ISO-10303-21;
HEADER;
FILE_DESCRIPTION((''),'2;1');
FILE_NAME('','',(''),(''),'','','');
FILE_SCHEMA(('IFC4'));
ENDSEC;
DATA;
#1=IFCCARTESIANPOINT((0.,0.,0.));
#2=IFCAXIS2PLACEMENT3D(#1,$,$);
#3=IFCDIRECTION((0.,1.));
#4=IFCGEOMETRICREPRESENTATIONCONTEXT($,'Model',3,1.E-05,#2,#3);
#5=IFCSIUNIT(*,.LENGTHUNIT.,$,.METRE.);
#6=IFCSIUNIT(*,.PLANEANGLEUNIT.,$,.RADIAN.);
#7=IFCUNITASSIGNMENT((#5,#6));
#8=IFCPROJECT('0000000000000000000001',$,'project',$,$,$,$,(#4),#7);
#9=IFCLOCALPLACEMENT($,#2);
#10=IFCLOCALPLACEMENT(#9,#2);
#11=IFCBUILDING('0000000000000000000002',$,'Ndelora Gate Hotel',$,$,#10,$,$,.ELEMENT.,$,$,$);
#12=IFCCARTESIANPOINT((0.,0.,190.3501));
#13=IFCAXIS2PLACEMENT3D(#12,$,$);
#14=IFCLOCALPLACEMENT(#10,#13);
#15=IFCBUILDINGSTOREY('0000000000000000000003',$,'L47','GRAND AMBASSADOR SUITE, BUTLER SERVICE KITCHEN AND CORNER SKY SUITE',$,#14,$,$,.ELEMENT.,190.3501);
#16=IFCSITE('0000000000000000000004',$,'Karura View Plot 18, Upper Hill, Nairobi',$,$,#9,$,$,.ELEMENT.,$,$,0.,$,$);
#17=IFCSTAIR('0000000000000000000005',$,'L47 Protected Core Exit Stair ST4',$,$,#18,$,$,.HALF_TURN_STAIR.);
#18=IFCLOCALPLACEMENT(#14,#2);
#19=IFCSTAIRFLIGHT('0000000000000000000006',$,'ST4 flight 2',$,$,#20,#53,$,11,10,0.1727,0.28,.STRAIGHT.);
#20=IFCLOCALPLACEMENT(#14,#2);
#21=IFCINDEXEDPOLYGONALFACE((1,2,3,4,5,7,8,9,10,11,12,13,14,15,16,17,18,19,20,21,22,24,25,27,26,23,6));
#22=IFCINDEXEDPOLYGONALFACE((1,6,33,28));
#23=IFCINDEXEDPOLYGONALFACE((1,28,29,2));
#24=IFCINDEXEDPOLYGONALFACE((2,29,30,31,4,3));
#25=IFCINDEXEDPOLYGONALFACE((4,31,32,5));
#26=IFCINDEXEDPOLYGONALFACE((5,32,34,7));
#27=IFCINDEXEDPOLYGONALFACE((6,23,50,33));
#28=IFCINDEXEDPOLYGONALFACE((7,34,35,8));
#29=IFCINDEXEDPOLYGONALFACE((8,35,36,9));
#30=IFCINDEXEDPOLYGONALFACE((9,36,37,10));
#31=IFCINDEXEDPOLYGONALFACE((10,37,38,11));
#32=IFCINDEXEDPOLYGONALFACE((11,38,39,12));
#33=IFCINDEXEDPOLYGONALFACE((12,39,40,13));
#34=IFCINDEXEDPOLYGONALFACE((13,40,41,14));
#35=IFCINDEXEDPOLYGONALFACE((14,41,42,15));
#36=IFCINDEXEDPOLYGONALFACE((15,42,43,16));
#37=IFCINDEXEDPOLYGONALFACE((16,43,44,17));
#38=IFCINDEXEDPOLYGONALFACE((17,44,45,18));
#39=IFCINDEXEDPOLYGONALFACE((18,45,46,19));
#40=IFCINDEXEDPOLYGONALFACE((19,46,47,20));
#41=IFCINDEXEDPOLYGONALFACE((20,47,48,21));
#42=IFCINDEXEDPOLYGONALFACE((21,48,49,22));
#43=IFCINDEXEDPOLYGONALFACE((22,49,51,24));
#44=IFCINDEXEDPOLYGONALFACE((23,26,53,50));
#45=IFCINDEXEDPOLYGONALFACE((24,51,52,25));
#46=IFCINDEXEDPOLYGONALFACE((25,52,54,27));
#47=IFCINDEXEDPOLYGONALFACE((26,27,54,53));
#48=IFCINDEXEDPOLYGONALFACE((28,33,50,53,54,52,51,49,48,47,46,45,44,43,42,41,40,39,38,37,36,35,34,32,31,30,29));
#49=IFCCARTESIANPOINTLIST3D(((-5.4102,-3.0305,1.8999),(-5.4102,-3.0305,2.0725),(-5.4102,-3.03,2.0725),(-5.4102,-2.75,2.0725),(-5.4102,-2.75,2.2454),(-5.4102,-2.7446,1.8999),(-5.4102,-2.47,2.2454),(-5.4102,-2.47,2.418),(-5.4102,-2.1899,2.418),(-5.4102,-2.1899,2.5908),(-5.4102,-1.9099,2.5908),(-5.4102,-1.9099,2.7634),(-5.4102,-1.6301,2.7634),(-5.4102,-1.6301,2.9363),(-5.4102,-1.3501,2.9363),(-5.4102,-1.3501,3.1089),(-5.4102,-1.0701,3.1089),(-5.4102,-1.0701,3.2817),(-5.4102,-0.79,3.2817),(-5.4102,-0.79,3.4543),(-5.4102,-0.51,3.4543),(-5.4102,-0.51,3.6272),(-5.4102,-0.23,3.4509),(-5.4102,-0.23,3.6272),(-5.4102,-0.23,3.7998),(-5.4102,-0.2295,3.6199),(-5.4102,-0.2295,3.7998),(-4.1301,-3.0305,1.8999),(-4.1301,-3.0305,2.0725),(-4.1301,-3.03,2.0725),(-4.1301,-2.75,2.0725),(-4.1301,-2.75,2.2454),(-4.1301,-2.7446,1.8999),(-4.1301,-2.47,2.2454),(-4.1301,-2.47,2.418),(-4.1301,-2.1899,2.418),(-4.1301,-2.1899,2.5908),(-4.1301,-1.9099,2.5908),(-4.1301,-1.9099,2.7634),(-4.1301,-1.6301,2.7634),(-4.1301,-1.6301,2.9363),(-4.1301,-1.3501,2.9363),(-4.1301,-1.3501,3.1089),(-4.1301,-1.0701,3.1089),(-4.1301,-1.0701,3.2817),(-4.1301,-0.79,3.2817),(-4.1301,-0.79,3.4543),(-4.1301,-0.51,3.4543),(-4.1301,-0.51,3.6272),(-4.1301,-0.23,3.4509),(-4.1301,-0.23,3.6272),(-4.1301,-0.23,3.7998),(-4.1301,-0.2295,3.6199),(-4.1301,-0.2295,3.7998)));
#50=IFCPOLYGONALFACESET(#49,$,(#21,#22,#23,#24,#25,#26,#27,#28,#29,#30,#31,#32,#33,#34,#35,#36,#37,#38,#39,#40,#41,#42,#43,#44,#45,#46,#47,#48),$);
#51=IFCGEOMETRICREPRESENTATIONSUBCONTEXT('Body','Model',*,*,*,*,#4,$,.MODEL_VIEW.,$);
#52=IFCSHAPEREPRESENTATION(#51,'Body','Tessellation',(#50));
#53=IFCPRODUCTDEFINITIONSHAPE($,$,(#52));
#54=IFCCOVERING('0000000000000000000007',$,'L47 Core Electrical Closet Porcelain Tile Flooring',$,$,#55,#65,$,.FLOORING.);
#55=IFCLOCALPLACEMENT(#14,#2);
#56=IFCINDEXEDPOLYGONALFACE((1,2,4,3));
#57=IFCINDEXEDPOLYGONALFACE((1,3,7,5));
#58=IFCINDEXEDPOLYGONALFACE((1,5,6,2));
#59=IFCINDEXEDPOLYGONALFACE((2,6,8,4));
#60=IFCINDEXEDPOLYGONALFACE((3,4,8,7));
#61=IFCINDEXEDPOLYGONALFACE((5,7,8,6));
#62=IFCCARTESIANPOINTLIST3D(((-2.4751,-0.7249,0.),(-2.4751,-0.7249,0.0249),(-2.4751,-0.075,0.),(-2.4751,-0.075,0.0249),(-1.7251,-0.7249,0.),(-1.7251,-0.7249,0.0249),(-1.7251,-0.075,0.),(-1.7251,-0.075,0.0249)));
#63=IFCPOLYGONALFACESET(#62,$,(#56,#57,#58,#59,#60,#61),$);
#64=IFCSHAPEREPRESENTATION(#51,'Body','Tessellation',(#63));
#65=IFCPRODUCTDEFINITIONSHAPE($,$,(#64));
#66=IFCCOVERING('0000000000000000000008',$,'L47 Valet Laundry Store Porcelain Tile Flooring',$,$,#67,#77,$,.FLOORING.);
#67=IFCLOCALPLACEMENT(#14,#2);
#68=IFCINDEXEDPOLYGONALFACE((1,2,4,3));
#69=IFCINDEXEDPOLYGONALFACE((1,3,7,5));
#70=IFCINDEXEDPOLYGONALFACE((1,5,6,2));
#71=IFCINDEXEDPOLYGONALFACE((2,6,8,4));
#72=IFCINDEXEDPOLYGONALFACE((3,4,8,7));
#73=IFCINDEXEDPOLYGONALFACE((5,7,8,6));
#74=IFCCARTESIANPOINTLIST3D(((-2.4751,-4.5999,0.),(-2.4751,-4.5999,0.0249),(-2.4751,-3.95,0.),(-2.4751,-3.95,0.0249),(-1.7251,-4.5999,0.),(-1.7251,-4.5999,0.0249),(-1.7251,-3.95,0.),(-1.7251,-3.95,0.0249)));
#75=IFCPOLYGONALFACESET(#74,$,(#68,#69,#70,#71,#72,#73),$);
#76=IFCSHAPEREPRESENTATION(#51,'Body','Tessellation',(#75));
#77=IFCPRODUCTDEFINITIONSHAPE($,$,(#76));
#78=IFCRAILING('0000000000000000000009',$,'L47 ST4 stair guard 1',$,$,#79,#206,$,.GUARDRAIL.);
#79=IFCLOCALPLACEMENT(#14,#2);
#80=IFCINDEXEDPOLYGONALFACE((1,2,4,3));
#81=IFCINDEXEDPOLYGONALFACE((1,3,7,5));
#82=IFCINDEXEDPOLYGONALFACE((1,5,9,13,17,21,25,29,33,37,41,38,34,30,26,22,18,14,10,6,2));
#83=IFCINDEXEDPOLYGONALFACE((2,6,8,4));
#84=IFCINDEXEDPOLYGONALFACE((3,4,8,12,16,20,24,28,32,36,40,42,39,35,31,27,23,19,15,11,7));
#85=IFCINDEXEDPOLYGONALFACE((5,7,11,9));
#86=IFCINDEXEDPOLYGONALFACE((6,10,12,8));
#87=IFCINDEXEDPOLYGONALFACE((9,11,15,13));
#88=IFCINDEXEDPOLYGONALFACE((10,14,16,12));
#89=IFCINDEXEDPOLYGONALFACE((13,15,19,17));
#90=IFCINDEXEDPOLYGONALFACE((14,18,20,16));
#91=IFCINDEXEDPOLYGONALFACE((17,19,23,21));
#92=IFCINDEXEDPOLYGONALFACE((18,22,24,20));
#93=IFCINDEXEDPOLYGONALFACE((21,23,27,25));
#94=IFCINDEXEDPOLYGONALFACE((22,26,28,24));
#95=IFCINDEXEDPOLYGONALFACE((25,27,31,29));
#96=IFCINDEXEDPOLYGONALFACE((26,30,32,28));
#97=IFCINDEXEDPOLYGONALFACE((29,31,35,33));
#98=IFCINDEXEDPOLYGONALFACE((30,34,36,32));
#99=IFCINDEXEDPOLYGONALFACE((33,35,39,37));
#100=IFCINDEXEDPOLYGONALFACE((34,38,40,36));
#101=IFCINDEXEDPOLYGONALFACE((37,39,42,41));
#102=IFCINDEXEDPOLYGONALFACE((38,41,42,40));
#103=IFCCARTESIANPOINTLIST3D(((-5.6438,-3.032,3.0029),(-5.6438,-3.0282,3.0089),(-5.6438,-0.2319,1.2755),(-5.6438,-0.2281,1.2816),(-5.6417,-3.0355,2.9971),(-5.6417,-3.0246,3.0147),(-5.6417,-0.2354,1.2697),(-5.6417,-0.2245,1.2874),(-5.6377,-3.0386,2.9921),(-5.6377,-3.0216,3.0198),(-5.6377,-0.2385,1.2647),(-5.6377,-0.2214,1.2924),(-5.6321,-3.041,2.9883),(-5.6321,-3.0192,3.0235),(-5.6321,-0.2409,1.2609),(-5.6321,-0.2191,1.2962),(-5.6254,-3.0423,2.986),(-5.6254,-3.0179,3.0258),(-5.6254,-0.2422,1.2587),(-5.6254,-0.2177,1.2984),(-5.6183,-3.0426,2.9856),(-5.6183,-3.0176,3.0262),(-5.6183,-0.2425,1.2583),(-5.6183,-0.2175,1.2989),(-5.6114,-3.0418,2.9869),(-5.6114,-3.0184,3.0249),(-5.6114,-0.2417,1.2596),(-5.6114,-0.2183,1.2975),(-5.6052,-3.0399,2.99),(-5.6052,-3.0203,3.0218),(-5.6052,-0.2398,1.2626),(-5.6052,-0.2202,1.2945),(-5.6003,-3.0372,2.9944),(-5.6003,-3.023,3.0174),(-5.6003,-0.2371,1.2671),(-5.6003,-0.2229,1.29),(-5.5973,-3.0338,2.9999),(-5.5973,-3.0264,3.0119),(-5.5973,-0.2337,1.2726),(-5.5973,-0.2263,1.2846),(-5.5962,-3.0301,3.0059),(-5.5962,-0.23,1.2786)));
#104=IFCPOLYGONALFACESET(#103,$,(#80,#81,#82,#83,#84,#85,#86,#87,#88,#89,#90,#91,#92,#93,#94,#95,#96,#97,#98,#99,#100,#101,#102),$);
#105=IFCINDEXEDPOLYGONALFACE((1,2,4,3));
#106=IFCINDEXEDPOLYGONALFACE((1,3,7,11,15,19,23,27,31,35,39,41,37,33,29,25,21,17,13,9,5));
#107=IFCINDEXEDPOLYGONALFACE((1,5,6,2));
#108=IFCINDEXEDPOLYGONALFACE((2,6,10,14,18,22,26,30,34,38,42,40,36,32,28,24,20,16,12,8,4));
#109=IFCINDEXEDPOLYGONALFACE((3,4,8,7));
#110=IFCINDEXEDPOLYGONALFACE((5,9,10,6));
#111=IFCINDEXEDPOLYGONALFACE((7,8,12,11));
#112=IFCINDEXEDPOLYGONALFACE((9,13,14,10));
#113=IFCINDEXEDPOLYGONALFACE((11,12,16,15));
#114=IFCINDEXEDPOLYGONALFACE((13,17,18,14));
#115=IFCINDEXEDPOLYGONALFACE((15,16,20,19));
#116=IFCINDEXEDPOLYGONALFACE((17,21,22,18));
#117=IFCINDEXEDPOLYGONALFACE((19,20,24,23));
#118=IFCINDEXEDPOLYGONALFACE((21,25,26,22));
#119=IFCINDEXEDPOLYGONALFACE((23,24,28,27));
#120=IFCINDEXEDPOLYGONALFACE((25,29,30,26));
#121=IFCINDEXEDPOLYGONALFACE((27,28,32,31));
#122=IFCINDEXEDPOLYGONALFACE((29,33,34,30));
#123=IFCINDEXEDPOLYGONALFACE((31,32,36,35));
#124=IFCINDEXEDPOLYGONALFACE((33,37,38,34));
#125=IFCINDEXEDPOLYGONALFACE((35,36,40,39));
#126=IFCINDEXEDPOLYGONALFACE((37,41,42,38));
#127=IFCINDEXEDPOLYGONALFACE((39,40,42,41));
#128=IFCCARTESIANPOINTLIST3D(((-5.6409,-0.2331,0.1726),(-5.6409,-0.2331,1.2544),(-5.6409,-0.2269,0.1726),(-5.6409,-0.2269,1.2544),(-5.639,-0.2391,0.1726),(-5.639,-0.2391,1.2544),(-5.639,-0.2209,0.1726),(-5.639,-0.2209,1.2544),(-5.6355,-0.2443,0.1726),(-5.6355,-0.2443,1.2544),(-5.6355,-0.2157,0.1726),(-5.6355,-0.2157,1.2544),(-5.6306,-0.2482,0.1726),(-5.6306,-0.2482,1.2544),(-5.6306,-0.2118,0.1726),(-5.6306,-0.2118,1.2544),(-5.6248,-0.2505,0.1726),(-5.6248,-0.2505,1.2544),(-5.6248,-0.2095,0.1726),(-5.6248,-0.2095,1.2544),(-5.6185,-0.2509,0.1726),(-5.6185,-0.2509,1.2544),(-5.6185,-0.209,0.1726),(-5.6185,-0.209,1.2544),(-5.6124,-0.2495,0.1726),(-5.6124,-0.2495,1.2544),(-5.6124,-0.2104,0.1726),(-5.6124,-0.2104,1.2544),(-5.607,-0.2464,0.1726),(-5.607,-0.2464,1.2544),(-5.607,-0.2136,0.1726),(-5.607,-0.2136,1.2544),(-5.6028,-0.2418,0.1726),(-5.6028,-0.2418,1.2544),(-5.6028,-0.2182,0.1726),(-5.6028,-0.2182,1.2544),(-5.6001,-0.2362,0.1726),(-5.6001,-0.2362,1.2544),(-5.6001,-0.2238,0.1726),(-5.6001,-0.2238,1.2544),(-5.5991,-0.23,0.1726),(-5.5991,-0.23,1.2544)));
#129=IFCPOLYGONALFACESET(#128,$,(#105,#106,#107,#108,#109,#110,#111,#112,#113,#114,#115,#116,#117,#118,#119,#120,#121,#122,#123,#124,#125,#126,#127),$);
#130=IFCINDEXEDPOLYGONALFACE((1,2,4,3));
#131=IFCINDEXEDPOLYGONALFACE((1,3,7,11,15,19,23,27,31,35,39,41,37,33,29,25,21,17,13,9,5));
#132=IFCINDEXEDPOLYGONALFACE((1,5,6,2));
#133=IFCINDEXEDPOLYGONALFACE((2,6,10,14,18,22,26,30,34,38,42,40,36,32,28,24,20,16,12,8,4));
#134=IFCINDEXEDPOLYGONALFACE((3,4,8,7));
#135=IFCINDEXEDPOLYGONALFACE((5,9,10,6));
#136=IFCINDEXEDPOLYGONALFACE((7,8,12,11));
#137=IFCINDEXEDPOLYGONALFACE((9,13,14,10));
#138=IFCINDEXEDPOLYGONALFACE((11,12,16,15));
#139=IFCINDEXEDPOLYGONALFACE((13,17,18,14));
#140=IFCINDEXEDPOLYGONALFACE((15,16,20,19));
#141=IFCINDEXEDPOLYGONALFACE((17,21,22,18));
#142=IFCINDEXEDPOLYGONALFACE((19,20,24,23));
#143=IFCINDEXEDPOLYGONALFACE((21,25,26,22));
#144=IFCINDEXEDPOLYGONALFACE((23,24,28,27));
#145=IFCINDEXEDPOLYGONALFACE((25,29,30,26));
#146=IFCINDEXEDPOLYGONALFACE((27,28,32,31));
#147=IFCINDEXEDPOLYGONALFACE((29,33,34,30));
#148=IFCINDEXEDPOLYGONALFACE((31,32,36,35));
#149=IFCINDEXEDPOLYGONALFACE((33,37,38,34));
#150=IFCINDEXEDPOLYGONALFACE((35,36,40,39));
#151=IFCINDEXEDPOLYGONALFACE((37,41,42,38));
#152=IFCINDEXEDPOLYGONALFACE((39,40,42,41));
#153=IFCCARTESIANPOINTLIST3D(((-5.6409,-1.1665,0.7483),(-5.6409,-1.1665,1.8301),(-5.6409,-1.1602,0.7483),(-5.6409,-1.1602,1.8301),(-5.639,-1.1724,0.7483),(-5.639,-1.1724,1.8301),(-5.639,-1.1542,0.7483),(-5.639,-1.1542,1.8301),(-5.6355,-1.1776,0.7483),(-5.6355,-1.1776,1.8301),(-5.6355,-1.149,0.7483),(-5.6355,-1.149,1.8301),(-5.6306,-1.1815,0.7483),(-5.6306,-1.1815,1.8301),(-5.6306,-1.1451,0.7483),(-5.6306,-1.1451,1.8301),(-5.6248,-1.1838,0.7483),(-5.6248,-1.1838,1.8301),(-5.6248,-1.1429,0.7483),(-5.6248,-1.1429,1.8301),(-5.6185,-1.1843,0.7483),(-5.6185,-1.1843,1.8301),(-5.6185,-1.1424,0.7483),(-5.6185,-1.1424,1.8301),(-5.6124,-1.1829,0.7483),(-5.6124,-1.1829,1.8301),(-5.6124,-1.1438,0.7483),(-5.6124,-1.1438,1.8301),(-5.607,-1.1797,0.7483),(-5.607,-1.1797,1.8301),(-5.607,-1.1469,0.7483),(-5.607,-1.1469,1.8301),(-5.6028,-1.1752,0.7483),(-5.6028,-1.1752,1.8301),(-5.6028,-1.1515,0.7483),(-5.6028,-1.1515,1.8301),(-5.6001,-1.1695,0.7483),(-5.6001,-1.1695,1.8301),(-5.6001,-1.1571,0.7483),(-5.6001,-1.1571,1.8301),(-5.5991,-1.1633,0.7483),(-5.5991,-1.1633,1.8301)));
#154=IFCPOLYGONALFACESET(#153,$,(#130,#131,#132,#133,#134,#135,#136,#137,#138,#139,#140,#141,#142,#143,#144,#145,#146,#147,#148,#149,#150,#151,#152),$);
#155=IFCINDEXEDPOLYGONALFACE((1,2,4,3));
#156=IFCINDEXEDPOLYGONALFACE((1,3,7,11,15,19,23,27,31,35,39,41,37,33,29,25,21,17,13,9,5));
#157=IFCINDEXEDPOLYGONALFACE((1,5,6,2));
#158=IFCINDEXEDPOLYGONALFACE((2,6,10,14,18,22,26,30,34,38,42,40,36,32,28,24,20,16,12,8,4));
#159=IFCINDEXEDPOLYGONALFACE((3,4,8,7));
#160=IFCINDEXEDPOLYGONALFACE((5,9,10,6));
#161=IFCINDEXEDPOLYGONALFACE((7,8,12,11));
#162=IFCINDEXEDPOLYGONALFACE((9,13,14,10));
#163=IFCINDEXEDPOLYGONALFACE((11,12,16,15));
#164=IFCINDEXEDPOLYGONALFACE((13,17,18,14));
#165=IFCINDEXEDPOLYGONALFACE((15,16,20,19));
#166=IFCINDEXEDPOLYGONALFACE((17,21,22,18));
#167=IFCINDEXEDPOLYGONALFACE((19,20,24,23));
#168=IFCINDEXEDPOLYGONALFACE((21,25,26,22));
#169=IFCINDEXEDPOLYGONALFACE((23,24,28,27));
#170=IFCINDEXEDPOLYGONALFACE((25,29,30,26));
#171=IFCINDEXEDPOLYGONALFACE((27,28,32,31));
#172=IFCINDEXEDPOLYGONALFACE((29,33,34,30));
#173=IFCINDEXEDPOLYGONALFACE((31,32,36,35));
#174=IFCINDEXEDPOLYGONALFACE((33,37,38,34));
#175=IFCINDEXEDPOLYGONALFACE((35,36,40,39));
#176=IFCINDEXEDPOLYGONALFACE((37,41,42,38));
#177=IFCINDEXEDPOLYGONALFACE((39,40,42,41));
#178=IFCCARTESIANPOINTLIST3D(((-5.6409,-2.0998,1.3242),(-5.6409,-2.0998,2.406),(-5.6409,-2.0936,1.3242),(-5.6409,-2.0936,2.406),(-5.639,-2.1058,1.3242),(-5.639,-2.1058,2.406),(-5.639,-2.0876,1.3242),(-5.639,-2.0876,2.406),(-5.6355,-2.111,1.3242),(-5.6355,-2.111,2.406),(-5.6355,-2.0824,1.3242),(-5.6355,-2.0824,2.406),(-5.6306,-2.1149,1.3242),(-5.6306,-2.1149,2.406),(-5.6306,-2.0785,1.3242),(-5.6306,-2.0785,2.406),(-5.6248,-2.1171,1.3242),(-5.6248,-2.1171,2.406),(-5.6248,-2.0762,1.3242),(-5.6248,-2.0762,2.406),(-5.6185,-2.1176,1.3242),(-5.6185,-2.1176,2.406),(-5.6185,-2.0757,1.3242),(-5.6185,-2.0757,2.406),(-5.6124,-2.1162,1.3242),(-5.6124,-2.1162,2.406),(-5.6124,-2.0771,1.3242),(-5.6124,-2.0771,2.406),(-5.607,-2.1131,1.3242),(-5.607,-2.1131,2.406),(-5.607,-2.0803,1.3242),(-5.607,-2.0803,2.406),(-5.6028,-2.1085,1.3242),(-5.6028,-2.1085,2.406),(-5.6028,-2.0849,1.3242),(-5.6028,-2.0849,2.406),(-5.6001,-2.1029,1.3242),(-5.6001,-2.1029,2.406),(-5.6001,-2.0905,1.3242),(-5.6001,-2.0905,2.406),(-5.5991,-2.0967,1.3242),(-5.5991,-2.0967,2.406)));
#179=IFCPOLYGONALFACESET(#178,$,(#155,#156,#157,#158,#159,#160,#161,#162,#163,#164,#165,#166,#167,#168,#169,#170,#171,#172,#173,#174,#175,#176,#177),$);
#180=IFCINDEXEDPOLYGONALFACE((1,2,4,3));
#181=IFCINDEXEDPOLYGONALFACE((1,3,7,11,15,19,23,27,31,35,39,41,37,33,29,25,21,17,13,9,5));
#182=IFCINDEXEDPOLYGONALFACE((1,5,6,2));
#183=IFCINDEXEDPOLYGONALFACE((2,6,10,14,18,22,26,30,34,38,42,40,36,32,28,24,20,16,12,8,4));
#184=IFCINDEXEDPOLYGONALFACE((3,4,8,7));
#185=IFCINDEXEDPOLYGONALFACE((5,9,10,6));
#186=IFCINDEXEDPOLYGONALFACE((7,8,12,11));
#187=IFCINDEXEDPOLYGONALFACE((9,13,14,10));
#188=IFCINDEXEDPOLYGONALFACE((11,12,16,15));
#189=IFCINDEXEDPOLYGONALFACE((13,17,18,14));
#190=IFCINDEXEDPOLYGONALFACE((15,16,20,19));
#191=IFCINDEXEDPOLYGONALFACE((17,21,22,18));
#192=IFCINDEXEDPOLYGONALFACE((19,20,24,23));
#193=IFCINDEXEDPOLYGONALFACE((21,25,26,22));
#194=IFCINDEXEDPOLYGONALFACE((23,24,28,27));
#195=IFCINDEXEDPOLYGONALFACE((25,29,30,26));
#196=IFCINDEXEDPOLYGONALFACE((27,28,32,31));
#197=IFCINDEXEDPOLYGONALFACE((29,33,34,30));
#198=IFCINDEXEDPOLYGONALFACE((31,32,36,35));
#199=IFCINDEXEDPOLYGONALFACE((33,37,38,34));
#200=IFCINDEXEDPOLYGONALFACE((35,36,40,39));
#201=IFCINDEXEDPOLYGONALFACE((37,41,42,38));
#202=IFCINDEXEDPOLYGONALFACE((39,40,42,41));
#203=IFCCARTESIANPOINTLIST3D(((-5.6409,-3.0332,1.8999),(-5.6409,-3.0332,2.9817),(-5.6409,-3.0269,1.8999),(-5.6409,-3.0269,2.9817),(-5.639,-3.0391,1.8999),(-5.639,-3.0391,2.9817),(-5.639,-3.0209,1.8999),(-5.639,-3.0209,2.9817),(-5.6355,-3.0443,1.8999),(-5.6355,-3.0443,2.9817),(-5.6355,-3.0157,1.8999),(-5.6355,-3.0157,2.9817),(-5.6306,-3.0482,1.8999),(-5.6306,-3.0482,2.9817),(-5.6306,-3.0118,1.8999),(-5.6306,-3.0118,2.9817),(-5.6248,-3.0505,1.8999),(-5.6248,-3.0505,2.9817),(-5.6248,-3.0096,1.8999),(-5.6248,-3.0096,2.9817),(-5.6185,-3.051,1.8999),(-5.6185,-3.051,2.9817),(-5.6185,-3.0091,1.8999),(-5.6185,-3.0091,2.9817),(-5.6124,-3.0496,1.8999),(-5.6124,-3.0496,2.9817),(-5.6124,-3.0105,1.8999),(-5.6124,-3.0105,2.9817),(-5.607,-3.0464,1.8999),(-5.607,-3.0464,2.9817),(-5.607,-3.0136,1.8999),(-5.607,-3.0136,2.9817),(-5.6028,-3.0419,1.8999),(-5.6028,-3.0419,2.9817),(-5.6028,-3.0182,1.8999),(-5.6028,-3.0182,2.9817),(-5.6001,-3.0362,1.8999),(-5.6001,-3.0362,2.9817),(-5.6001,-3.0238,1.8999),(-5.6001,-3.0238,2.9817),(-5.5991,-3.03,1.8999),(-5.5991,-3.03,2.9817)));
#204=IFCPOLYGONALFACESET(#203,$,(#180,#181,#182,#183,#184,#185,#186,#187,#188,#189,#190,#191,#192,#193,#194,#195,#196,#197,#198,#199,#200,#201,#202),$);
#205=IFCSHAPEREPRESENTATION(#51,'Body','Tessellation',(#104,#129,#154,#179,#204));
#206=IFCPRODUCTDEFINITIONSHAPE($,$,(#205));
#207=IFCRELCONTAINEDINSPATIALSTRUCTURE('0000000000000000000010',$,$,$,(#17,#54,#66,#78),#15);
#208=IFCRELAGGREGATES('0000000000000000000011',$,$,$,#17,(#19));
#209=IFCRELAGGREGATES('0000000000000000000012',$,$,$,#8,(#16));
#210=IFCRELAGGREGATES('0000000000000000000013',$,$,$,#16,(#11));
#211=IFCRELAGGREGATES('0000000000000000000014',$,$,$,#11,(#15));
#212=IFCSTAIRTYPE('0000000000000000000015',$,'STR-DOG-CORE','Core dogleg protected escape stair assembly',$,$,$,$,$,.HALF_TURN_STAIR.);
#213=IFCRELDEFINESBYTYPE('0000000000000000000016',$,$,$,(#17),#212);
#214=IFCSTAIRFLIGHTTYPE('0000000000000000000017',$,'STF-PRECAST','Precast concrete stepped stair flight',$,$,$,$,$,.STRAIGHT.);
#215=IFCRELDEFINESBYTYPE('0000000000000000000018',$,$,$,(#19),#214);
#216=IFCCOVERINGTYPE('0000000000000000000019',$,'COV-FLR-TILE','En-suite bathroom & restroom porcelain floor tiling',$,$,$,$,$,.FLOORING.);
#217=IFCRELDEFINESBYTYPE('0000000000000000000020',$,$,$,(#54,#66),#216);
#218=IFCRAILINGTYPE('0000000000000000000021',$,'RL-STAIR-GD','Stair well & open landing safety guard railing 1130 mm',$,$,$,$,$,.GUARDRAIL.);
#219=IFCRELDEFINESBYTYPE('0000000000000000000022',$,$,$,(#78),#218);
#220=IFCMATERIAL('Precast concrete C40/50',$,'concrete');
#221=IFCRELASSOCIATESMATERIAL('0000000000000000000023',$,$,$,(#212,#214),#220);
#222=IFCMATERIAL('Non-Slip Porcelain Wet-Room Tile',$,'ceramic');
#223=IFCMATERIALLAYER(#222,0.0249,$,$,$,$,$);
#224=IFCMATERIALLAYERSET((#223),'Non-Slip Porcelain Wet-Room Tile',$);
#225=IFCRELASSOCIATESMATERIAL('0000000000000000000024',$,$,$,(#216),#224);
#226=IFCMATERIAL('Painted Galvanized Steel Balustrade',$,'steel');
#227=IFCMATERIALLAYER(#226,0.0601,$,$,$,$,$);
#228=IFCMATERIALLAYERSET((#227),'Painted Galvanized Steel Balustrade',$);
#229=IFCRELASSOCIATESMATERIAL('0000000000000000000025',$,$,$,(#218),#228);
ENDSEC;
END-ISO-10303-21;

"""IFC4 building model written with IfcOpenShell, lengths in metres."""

from ifc_helpers import new_model, si_unit, direction, frame, origin, origin_2d, place, context, subcontext, project, spatial, polyline, rectangle, circle, outline, extrude, material, layer, layer_set, type_object, element, aggregate, save


model = new_model("IFC4")

# Units and contexts
model_context = context("Model", 3, precision=1e-05, world=origin(), true_north=direction((0.0, 1.0)))
body_context = subcontext(model_context, "Body", "Model", "MODEL_VIEW")
ifc_project = project(units=[si_unit("LENGTHUNIT", "METRE"), si_unit("PLANEANGLEUNIT", "RADIAN")], contexts=[model_context])

# Site, building, storey
site_placement = place(None, origin())
site = spatial("IfcSite", under=ifc_project, at=site_placement, Name="Karura View Plot 18, Upper Hill, Nairobi", CompositionType="ELEMENT", RefElevation=0.0)
building_placement = place(site_placement, origin())
building = spatial("IfcBuilding", under=site, at=building_placement, Name="Ndelora Gate Hotel", CompositionType="ELEMENT")
storey_placement = place(building_placement, frame((0.0, 0.0, 190.3501)))
storey = spatial("IfcBuildingStorey", under=building, at=storey_placement, Name="L47", Description="GRAND AMBASSADOR SUITE, BUTLER SERVICE KITCHEN AND CORNER SKY SUITE", CompositionType="ELEMENT", Elevation=190.3501)

# Stair, stair flight
ifc_material_1 = material(Name="Precast concrete C40/50", Category="concrete")
stair_type = type_object("IfcStairType", Name="STR-DOG-CORE", Description="Core dogleg protected escape stair assembly", PredefinedType="HALF_TURN_STAIR", material=ifc_material_1)
stair_placement = place(storey_placement, origin())
stair = element("IfcStair", 1, at=stair_placement, inside=storey, type_object=stair_type, Name="L47 Protected Core Exit Stair ST4", PredefinedType="HALF_TURN_STAIR")
stair_flight_type = type_object("IfcStairFlightType", Name="STF-PRECAST", Description="Precast concrete stepped stair flight", PredefinedType="STRAIGHT", material=ifc_material_1)
stair_flight_1_placement = place(storey_placement, frame((-4.77, -3.03, 1.8999), z_axis=(0.0, 0.0, 1.0), x_axis=(0.0, 1.0, 0.0)))
stair_flight_1 = element("IfcStairFlight", 2, at=stair_flight_1_placement, type_object=stair_flight_type, Name="ST4 flight 2", NumberOfRisers=11, NumberOfTreads=10, PredefinedType="STRAIGHT", RiserHeight=0.1727, TreadLength=0.28, context=body_context, shape_type="SweptSolid", body=[
    extrude(outline(polyline([(-0.0005, 0.0), (-0.0005, 0.1726), (0.0, 0.1726), (0.28, 0.1726), (0.28, 0.3455), (0.5601, 0.3455), (0.5601, 0.5181), (0.8401, 0.5181), (0.8401, 0.6909), (1.1201, 0.6909), (1.1201, 0.8635), (1.3999, 0.8635), (1.3999, 1.0364), (1.6799, 1.0364), (1.6799, 1.209), (1.96, 1.209), (1.96, 1.3818), (2.24, 1.3818), (2.24, 1.5544), (2.52, 1.5544), (2.52, 1.7273), (2.8, 1.7273), (2.8, 1.8999), (2.8005, 1.8999), (2.8005, 1.72), (2.8, 1.551), (0.2854, 0.0), (-0.0005, 0.0)])), frame((0.0, 0.6401, 0.0), z_axis=(0.0, -1.0, 0.0), x_axis=(1.0, 0.0, 0.0)), (0.0, 0.0, 1.0), 1.28),
])
aggregate(stair, [stair_flight_1])

# Coverings
ifc_material_2 = material(Name="Non-Slip Porcelain Wet-Room Tile", Category="ceramic")
ifc_layer_1 = layer(ifc_material_2, 0.0249)
ifc_layer_set_1 = layer_set([ifc_layer_1], Name="Non-Slip Porcelain Wet-Room Tile")
covering_type = type_object("IfcCoveringType", Name="COV-FLR-TILE", Description="En-suite bathroom & restroom porcelain floor tiling", PredefinedType="FLOORING", material=ifc_layer_set_1)
for number, where, z_axis, x_axis, name in (
    (3, (-2.1001, -0.3999, 0.0), (0.0, 0.0, 1.0), (1.0, 0.0, 0.0), "L47 Core Electrical Closet Porcelain Tile Flooring"),
    (4, (-2.1001, -4.2749, 0.0), (0.0, 0.0, 1.0), (1.0, 0.0, 0.0), "L47 Valet Laundry Store Porcelain Tile Flooring"),
):
    element("IfcCovering", number, at=place(storey_placement, frame(where, z_axis=z_axis, x_axis=x_axis)), inside=storey, type_object=covering_type, Name=name, PredefinedType="FLOORING", context=body_context, shape_type="SweptSolid", body=[
        extrude(rectangle(XDim=0.75, YDim=0.6499, at=origin_2d()), origin(), (0.0, 0.0, 1.0), 0.0249),
    ])

# Railing
ifc_material_3 = material(Name="Painted Galvanized Steel Balustrade", Category="steel")
ifc_layer_2 = layer(ifc_material_3, 0.0601)
ifc_layer_set_2 = layer_set([ifc_layer_2], Name="Painted Galvanized Steel Balustrade")
railing_type_1 = type_object("IfcRailingType", Name="RL-STAIR-GD", Description="Stair well & open landing safety guard railing 1130 mm", PredefinedType="GUARDRAIL", material=ifc_layer_set_2)
railing_1_placement = place(storey_placement, frame((-5.6201, -0.23, 0.1726)))
element("IfcRailing", 5, at=railing_1_placement, inside=storey, type_object=railing_type_1, Name="L47 ST4 stair guard 1", PredefinedType="GUARDRAIL", context=body_context, shape_type="SweptSolid", body=[
    extrude(circle(Radius=0.0239, at=origin_2d()), frame((0.0, 0.0, 1.106), z_axis=(0.0, -0.85109, 0.52502), x_axis=(1.0, 0.0, 0.0)), (0.0, 0.0, 1.0), 3.29),
    extrude(circle(Radius=0.021, at=origin_2d()), origin(), (0.0, 0.0, 1.0), 1.0818),
    extrude(circle(Radius=0.021, at=origin_2d()), frame((0.0, -0.9333, 0.5757)), (0.0, 0.0, 1.0), 1.0818),
    extrude(circle(Radius=0.021, at=origin_2d()), frame((0.0, -1.8667, 1.1516)), (0.0, 0.0, 1.0), 1.0818),
    extrude(circle(Radius=0.021, at=origin_2d()), frame((0.0, -2.8, 1.7273)), (0.0, 0.0, 1.0), 1.0818),
])

save(model, "model.ifc")
